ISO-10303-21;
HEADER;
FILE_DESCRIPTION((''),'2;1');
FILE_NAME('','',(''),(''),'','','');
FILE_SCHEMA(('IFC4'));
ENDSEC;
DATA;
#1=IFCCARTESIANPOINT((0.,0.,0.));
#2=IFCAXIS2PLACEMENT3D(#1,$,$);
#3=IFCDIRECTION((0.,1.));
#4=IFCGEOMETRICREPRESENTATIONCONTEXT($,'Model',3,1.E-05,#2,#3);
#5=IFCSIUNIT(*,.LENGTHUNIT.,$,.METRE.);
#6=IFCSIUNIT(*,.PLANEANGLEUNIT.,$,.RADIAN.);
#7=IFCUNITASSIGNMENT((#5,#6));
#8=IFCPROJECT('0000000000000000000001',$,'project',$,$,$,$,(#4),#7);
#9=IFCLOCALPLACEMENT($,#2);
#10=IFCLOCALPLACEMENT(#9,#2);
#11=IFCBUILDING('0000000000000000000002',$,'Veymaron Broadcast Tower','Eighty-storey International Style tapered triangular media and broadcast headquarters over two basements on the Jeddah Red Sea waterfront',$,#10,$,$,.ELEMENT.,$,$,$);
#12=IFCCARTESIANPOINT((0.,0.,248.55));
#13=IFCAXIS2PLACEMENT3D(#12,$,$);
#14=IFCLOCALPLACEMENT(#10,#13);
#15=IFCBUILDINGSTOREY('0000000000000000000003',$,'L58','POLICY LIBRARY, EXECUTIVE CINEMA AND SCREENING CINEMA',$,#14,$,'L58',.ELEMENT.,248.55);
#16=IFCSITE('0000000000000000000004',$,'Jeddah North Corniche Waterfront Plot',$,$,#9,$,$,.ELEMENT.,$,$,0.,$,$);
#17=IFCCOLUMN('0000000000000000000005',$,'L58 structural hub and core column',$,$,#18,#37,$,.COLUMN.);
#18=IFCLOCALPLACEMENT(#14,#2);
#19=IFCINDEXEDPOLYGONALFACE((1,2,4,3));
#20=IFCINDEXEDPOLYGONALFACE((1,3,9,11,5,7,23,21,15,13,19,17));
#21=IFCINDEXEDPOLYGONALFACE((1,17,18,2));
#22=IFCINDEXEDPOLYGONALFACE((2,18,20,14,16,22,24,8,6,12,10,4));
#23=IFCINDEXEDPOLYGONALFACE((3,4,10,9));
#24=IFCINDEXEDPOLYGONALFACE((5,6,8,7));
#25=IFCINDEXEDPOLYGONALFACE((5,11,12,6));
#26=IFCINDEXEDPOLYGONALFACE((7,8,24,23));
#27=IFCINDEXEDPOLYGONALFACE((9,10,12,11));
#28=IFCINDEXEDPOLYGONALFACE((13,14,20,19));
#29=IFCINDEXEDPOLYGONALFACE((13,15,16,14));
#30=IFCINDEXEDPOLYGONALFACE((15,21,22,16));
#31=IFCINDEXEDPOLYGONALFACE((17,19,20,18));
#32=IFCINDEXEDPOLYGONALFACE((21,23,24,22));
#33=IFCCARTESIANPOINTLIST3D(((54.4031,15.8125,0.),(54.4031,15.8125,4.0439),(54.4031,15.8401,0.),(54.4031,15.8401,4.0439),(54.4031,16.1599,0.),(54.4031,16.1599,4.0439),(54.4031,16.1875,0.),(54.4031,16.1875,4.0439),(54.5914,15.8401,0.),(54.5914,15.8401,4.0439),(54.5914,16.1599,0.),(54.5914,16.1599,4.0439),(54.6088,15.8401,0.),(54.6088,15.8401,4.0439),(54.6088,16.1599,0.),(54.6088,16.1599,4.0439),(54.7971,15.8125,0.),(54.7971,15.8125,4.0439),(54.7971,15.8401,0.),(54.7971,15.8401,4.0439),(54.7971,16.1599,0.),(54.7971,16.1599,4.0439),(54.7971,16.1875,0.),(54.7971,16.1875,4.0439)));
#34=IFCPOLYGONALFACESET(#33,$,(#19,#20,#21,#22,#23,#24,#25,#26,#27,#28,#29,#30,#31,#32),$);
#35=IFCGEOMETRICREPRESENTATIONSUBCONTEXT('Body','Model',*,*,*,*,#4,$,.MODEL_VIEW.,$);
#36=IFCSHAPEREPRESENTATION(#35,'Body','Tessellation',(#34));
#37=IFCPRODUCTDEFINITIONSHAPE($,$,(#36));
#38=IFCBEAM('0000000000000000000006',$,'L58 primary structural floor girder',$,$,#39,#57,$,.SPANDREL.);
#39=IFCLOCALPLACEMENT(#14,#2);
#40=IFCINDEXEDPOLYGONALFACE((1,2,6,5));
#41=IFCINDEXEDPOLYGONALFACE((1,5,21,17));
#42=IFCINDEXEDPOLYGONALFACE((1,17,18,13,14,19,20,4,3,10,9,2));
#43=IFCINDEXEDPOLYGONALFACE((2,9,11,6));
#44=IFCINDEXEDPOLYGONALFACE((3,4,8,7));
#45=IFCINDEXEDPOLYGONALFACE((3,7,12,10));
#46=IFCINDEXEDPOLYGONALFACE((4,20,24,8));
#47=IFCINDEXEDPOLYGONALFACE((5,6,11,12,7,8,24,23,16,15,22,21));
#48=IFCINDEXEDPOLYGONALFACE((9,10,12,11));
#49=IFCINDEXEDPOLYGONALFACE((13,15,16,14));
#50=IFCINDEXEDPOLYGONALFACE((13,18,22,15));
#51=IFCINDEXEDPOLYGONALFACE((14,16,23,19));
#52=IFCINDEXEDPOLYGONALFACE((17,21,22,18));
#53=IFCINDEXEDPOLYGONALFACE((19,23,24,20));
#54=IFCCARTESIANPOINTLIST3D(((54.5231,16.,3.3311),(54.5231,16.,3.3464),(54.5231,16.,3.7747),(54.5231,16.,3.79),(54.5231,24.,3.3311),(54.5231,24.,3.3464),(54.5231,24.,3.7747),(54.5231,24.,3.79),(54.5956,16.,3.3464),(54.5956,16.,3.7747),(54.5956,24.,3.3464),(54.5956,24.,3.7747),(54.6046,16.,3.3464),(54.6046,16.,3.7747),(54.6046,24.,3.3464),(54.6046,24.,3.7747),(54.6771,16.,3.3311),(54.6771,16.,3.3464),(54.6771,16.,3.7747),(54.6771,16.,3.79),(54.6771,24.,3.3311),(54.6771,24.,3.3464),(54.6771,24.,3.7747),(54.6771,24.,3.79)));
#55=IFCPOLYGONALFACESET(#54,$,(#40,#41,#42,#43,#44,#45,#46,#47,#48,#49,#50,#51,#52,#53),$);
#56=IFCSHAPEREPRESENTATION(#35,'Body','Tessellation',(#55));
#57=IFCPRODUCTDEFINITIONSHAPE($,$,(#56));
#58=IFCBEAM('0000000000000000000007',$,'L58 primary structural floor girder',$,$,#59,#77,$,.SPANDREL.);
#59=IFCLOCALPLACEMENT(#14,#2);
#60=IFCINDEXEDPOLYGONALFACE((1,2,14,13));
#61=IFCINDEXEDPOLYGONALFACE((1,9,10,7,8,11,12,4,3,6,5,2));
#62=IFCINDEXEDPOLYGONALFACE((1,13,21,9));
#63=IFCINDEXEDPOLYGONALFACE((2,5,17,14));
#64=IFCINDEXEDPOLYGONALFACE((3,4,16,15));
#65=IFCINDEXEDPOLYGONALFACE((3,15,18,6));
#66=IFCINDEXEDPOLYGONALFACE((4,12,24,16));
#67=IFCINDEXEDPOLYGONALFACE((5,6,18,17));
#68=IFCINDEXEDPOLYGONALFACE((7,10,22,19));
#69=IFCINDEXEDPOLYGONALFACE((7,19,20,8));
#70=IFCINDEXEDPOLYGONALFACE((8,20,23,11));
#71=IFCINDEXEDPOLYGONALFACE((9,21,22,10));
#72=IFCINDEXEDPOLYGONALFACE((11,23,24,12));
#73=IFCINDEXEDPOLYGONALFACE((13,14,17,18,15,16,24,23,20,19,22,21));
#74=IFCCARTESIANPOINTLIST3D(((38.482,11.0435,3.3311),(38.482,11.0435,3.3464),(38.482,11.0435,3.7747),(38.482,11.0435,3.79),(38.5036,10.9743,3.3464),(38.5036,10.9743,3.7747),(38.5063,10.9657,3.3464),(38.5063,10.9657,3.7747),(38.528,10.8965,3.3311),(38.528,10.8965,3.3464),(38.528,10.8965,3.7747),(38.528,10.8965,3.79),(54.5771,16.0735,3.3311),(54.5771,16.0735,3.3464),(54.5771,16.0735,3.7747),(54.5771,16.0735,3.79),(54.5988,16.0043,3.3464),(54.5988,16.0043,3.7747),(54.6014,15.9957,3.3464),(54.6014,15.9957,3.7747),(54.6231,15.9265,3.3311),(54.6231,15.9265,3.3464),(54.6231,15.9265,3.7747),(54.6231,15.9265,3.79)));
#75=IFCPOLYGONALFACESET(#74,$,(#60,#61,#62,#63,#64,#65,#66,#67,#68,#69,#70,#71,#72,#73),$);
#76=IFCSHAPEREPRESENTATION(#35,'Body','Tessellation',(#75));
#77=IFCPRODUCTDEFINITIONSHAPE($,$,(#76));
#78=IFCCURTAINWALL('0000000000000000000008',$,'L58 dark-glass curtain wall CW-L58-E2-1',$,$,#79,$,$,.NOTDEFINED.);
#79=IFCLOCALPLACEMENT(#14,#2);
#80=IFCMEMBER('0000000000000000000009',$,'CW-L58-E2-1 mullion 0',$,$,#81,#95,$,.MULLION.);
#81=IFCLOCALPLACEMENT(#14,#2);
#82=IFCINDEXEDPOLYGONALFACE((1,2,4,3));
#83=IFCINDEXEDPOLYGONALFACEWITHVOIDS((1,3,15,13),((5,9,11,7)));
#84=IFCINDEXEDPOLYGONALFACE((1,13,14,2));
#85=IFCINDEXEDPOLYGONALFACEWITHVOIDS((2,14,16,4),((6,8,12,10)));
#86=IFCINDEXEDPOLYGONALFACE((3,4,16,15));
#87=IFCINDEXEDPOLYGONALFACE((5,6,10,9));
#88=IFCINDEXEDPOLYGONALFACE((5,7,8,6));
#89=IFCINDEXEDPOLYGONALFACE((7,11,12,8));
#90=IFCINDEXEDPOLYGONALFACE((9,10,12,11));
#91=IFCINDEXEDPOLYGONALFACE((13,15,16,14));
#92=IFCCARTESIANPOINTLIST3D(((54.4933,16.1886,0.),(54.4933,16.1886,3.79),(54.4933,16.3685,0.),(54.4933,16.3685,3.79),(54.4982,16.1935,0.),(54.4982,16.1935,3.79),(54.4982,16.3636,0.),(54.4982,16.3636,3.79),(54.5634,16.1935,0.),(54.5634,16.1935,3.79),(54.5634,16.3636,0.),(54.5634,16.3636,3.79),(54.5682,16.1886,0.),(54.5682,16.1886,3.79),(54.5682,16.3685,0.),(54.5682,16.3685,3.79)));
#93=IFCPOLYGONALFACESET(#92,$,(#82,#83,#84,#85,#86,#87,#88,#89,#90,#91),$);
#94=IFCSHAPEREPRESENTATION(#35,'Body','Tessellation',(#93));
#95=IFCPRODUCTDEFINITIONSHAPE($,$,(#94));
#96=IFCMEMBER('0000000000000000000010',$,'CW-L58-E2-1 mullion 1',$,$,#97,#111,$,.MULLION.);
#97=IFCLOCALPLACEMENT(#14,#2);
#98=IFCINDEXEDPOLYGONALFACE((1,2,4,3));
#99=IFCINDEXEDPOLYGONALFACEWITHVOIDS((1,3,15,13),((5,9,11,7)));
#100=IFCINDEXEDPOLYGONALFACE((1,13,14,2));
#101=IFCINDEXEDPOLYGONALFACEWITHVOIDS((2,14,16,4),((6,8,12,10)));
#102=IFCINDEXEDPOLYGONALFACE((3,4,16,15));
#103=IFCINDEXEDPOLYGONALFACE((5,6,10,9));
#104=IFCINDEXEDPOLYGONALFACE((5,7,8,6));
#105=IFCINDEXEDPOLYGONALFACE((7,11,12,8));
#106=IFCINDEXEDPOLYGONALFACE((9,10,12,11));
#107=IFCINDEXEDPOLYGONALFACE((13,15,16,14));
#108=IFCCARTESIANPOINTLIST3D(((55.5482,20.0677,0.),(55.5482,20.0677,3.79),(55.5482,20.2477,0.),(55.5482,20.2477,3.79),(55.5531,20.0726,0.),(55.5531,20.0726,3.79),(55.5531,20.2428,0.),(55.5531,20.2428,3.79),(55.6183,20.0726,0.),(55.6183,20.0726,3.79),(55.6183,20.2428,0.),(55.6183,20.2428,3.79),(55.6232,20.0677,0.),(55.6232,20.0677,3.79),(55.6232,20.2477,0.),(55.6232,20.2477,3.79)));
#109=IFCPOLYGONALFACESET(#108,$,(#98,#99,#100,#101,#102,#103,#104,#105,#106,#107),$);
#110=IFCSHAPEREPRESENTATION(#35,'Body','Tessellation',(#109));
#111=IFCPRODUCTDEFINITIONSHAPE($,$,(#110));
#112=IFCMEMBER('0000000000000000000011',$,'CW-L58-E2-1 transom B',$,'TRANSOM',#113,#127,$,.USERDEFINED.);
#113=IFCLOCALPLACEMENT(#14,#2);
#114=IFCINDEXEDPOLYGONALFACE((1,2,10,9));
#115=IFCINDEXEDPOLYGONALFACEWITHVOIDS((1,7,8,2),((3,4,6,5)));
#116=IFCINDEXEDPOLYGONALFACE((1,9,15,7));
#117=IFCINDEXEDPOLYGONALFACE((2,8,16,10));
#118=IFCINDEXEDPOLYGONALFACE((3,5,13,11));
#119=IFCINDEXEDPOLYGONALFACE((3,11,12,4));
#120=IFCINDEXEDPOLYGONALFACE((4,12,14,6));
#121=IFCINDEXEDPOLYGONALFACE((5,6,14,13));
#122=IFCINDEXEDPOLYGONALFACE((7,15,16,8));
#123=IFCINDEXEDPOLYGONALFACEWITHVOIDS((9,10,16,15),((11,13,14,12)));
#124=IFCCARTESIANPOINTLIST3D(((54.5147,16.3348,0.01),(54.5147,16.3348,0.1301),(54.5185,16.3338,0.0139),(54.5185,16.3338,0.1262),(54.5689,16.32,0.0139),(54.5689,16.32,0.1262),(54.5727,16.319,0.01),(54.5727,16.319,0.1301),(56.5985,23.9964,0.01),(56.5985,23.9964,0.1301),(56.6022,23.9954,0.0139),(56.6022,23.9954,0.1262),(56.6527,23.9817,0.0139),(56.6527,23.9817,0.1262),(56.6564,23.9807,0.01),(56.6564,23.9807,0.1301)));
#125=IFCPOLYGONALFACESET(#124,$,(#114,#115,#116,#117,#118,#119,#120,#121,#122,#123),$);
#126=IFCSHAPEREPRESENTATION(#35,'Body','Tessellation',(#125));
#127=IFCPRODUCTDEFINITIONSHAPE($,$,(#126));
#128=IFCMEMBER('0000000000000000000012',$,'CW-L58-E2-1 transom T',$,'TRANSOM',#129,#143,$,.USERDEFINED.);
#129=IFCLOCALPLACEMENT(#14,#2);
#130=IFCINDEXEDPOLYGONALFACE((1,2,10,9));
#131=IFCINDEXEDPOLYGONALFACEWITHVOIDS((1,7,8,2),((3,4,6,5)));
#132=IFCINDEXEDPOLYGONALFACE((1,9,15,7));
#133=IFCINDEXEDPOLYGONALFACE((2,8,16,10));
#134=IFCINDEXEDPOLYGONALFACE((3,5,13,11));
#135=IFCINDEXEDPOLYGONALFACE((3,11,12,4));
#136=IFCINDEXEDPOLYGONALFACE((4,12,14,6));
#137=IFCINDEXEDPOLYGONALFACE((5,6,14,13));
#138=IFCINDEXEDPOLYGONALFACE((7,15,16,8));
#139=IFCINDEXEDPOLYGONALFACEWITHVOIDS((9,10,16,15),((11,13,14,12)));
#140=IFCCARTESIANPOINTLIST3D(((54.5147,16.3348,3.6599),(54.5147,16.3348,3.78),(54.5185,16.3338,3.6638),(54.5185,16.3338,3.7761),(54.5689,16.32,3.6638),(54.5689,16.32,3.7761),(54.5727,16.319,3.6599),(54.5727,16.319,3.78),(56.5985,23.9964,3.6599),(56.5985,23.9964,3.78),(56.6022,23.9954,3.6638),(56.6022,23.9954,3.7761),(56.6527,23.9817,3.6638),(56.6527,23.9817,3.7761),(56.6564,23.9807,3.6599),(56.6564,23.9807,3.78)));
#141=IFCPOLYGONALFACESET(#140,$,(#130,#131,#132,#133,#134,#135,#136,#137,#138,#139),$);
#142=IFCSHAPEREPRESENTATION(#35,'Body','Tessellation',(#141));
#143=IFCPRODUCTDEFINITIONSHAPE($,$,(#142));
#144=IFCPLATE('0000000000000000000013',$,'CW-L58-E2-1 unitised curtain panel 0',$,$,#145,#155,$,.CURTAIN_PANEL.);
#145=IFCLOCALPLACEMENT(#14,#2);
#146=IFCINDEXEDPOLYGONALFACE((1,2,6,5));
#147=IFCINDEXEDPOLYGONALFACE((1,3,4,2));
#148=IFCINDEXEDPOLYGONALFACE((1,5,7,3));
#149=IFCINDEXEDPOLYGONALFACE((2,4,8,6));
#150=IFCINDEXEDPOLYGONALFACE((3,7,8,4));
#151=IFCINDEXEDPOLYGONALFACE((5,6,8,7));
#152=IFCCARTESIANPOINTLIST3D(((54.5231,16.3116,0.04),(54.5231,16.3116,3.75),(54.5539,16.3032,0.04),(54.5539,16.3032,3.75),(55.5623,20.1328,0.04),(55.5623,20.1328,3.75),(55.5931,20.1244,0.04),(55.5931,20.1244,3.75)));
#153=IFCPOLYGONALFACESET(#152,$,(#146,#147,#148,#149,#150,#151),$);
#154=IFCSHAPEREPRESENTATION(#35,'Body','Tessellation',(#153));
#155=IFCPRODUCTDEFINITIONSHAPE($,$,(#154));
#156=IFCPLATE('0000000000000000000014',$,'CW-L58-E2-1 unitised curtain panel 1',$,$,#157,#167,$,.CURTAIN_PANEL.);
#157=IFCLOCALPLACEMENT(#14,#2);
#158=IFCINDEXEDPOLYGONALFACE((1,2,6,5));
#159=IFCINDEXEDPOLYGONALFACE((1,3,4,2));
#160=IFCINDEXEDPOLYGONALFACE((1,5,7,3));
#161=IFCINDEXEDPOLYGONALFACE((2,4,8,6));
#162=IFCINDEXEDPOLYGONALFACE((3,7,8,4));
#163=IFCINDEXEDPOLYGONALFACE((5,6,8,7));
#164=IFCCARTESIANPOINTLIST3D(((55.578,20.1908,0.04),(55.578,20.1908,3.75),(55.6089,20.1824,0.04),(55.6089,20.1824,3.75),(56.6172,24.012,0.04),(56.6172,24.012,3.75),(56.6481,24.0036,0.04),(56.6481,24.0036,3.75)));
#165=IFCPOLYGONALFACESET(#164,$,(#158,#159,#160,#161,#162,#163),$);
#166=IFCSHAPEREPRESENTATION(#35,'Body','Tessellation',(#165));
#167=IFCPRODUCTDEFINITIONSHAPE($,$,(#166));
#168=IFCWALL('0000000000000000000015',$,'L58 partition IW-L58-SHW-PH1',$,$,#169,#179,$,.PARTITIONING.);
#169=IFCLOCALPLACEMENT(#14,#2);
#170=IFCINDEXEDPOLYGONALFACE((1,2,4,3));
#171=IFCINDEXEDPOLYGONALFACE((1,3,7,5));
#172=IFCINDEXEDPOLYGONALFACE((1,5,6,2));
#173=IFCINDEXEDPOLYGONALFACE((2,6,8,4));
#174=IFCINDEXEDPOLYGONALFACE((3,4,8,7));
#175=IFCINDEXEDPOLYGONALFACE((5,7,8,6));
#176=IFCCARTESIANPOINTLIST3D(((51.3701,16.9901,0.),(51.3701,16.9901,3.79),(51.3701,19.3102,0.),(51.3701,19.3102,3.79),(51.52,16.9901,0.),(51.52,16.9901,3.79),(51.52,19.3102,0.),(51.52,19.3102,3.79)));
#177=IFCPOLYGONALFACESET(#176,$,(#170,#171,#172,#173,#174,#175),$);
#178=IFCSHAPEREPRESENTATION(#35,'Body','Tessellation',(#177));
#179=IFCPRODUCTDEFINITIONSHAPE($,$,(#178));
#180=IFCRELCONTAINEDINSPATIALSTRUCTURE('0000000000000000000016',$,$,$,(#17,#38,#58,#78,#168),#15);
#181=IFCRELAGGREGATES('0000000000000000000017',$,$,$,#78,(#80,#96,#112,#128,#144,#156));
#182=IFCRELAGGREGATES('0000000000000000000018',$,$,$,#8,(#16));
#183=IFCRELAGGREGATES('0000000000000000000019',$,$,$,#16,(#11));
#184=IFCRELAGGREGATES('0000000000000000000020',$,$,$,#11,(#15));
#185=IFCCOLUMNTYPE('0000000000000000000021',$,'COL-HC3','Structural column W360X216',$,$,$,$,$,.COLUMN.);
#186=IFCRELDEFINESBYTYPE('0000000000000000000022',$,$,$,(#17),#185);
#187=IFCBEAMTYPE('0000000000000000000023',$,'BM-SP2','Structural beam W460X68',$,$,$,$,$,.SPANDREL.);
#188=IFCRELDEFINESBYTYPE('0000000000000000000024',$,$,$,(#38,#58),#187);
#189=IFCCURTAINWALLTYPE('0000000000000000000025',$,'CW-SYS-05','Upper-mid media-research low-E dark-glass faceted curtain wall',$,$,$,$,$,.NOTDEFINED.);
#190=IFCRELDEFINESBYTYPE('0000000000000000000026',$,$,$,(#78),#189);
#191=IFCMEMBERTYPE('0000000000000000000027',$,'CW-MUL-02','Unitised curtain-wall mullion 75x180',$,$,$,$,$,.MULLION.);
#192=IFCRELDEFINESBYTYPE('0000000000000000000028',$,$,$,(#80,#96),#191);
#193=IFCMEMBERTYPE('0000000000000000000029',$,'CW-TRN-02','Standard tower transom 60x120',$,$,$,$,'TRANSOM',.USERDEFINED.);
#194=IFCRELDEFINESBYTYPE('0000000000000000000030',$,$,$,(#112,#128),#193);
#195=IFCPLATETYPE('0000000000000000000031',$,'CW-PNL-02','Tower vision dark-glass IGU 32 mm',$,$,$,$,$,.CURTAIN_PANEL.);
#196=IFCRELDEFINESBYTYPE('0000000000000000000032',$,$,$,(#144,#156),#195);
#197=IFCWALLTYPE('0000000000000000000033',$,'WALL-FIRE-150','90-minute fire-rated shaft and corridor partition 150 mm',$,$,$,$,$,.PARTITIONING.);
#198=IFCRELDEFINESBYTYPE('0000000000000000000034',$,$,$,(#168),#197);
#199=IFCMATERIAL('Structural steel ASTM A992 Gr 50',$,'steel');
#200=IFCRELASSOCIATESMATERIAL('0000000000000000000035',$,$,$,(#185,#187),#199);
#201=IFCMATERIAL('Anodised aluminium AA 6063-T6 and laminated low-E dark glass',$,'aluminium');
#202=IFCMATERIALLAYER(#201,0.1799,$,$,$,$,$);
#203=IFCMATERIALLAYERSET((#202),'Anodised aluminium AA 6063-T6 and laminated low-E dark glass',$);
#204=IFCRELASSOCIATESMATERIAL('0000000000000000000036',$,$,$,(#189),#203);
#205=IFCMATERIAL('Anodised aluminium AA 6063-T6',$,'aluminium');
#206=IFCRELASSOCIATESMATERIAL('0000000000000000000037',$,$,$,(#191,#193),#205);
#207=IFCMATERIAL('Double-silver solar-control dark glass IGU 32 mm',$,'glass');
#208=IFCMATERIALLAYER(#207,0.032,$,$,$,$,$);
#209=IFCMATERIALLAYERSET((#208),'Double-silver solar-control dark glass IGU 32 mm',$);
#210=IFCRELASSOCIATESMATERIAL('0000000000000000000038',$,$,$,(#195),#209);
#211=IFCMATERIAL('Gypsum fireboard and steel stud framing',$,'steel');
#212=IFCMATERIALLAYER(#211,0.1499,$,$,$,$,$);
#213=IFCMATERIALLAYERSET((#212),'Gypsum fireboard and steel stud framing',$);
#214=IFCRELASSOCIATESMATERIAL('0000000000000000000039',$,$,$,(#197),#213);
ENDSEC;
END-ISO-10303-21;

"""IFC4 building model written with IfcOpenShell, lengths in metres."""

from ifc_helpers import new_model, si_unit, direction, frame, frame_2d, origin, origin_2d, place, context, subcontext, project, spatial, rectangle, hollow_rectangle, i_section, extrude, material, layer, layer_set, material_profile, profile_set, type_object, element, aggregate, save


model = new_model("IFC4")

# Units and contexts
model_context = context("Model", 3, precision=1e-05, world=origin(), true_north=direction((0.0, 1.0)))
body_context = subcontext(model_context, "Body", "Model", "MODEL_VIEW")
ifc_project = project(units=[si_unit("LENGTHUNIT", "METRE"), si_unit("PLANEANGLEUNIT", "RADIAN")], contexts=[model_context])

# Site, building, storey
site_placement = place(None, origin())
site = spatial("IfcSite", under=ifc_project, at=site_placement, Name="Jeddah North Corniche Waterfront Plot", CompositionType="ELEMENT", RefElevation=0.0)
building_placement = place(site_placement, origin())
building = spatial("IfcBuilding", under=site, at=building_placement, Name="Veymaron Broadcast Tower", Description="Eighty-storey International Style tapered triangular media and broadcast headquarters over two basements on the Jeddah Red Sea waterfront", CompositionType="ELEMENT")
storey_placement = place(building_placement, frame((0.0, 0.0, 248.55)))
storey = spatial("IfcBuildingStorey", under=building, at=storey_placement, Name="L58", Description="POLICY LIBRARY, EXECUTIVE CINEMA AND SCREENING CINEMA", LongName="L58", CompositionType="ELEMENT", Elevation=248.55)

# Column
ifc_material_1 = material(Name="Structural steel ASTM A992 Gr 50", Category="steel")
ifc_material_profile_1 = material_profile(ifc_material_1, i_section(OverallWidth=0.394, OverallDepth=0.375, WebThickness=0.0173, FlangeThickness=0.0276, at=origin_2d()), Name="W360X216")
ifc_profile_set_1 = profile_set([ifc_material_profile_1], Name="Structural steel ASTM A992 Gr 50")
column_type = type_object("IfcColumnType", Name="COL-HC3", Description="Structural column W360X216", PredefinedType="COLUMN", material=ifc_profile_set_1)
column_placement = place(storey_placement, frame((54.6001, 16.0, 0.0), z_axis=(0.0, 0.0, 1.0), x_axis=(1.0, 0.0, 0.0)))
element("IfcColumn", 1, at=column_placement, inside=storey, type_object=column_type, Name="L58 structural hub and core column", PredefinedType="COLUMN", context=body_context, shape_type="SweptSolid", body=[
    extrude(i_section(OverallWidth=0.394, OverallDepth=0.375, WebThickness=0.0173, FlangeThickness=0.0276, at=origin_2d()), origin(), (0.0, 0.0, 1.0), 4.0439),
])

# Beams
ifc_material_profile_2 = material_profile(ifc_material_1, i_section(OverallWidth=0.1541, OverallDepth=0.459, WebThickness=0.009, FlangeThickness=0.0154, at=origin_2d()), Name="W460X68")
ifc_profile_set_2 = profile_set([ifc_material_profile_2], Name="Structural steel ASTM A992 Gr 50")
beam_type = type_object("IfcBeamType", Name="BM-SP2", Description="Structural beam W460X68", PredefinedType="SPANDREL", material=ifc_profile_set_2)
beam_1_placement = place(storey_placement, frame((54.6001, 16.0, 3.5605), z_axis=(0.0, 1.0, 0.0), x_axis=(-1.0, 0.0, 0.0)))
element("IfcBeam", 2, at=beam_1_placement, inside=storey, type_object=beam_type, Name="L58 primary structural floor girder", PredefinedType="SPANDREL", context=body_context, shape_type="SweptSolid", body=[
    extrude(i_section(OverallWidth=0.1541, OverallDepth=0.459, WebThickness=0.009, FlangeThickness=0.0154, at=origin_2d()), origin(), (0.0, 0.0, 1.0), 8.0),
])
beam_2_placement = place(storey_placement, frame((54.6001, 16.0, 3.5605), z_axis=(-0.954475, -0.29829, 0.0), x_axis=(0.29829, -0.954475, 0.0)))
element("IfcBeam", 3, at=beam_2_placement, inside=storey, type_object=beam_type, Name="L58 primary structural floor girder", PredefinedType="SPANDREL", context=body_context, shape_type="SweptSolid", body=[
    extrude(i_section(OverallWidth=0.1541, OverallDepth=0.459, WebThickness=0.009, FlangeThickness=0.0154, at=origin_2d()), origin(), (0.0, 0.0, 1.0), 16.8628),
])

# Curtain wall, members, plates
ifc_material_2 = material(Name="Anodised aluminium AA 6063-T6 and laminated low-E dark glass", Category="aluminium")
ifc_layer_1 = layer(ifc_material_2, 0.1799)
ifc_layer_set_1 = layer_set([ifc_layer_1], Name="Anodised aluminium AA 6063-T6 and laminated low-E dark glass")
curtain_wall_type = type_object("IfcCurtainWallType", Name="CW-SYS-05", Description="Upper-mid media-research low-E dark-glass faceted curtain wall", PredefinedType="NOTDEFINED", material=ifc_layer_set_1)
curtain_wall_placement = place(storey_placement, origin())
curtain_wall = element("IfcCurtainWall", 4, at=curtain_wall_placement, inside=storey, type_object=curtain_wall_type, Name="L58 dark-glass curtain wall CW-L58-E2-1", PredefinedType="NOTDEFINED")
ifc_material_3 = material(Name="Anodised aluminium AA 6063-T6", Category="aluminium")
ifc_material_profile_3 = material_profile(ifc_material_3, hollow_rectangle(XDim=0.075, YDim=0.1799, WallThickness=0.0049, at=origin_2d()), Name="AL180X75X5")
ifc_profile_set_3 = profile_set([ifc_material_profile_3], Name="Anodised aluminium AA 6063-T6")
member_type_1 = type_object("IfcMemberType", Name="CW-MUL-02", Description="Unitised curtain-wall mullion 75x180", PredefinedType="MULLION", material=ifc_profile_set_3)
member_1_placement = place(storey_placement, frame((54.5308, 16.2786, 0.0), z_axis=(0.0, 0.0, 1.0), x_axis=(1.0, 0.0, 0.0)))
member_1 = element("IfcMember", 5, at=member_1_placement, type_object=member_type_1, Name="CW-L58-E2-1 mullion 0", PredefinedType="MULLION", context=body_context, shape_type="SweptSolid", body=[
    extrude(hollow_rectangle(XDim=0.075, YDim=0.1799, WallThickness=0.0049, at=origin_2d()), origin(), (0.0, 0.0, 1.0), 3.79),
])
member_2_placement = place(storey_placement, frame((55.5857, 20.1577, 0.0), z_axis=(0.0, 0.0, 1.0), x_axis=(1.0, 0.0, 0.0)))
member_2 = element("IfcMember", 6, at=member_2_placement, type_object=member_type_1, Name="CW-L58-E2-1 mullion 1", PredefinedType="MULLION", context=body_context, shape_type="SweptSolid", body=[
    extrude(hollow_rectangle(XDim=0.075, YDim=0.1799, WallThickness=0.0049, at=origin_2d()), origin(), (0.0, 0.0, 1.0), 3.79),
])
ifc_material_profile_4 = material_profile(ifc_material_3, hollow_rectangle(XDim=0.0601, YDim=0.1201, WallThickness=0.0039, at=origin_2d()), Name="AL120X60X4")
ifc_profile_set_4 = profile_set([ifc_material_profile_4], Name="Anodised aluminium AA 6063-T6")
member_type_2 = type_object("IfcMemberType", Name="CW-TRN-02", Description="Standard tower transom 60x120", ElementType="TRANSOM", PredefinedType="USERDEFINED", material=ifc_profile_set_4)
member_3_placement = place(storey_placement, frame((54.5437, 16.3269, 0.0701), z_axis=(0.262438, 0.964949, 0.0), x_axis=(-0.964949, 0.262438, 0.0)))
member_3 = element("IfcMember", 7, at=member_3_placement, type_object=member_type_2, Name="CW-L58-E2-1 transom B", ObjectType="TRANSOM", PredefinedType="USERDEFINED", context=body_context, shape_type="SweptSolid", body=[
    extrude(hollow_rectangle(XDim=0.0601, YDim=0.1201, WallThickness=0.0039, at=origin_2d()), origin(), (0.0, 0.0, 1.0), 7.9399),
])
member_4_placement = place(storey_placement, frame((54.5437, 16.3269, 3.72), z_axis=(0.262438, 0.964949, 0.0), x_axis=(-0.964949, 0.262438, 0.0)))
member_4 = element("IfcMember", 8, at=member_4_placement, type_object=member_type_2, Name="CW-L58-E2-1 transom T", ObjectType="TRANSOM", PredefinedType="USERDEFINED", context=body_context, shape_type="SweptSolid", body=[
    extrude(hollow_rectangle(XDim=0.0601, YDim=0.1201, WallThickness=0.0039, at=origin_2d()), origin(), (0.0, 0.0, 1.0), 7.9399),
])
ifc_material_4 = material(Name="Double-silver solar-control dark glass IGU 32 mm", Category="glass")
ifc_layer_2 = layer(ifc_material_4, 0.032)
ifc_layer_set_2 = layer_set([ifc_layer_2], Name="Double-silver solar-control dark glass IGU 32 mm")
plate_type = type_object("IfcPlateType", Name="CW-PNL-02", Description="Tower vision dark-glass IGU 32 mm", PredefinedType="CURTAIN_PANEL", material=ifc_layer_set_2)
plate_1_placement = place(storey_placement, frame((55.0581, 18.218, 0.04), z_axis=(0.0, 0.0, 1.0), x_axis=(0.262425, 0.964952, 0.0)))
plate_1 = element("IfcPlate", 9, at=plate_1_placement, type_object=plate_type, Name="CW-L58-E2-1 unitised curtain panel 0", PredefinedType="CURTAIN_PANEL", context=body_context, shape_type="SweptSolid", body=[
    extrude(rectangle(XDim=3.96, YDim=0.032, at=origin_2d()), origin(), (0.0, 0.0, 1.0), 3.71),
])
plate_2_placement = place(storey_placement, frame((56.113, 22.0972, 0.04), z_axis=(0.0, 0.0, 1.0), x_axis=(0.262425, 0.964952, 0.0)))
plate_2 = element("IfcPlate", 10, at=plate_2_placement, type_object=plate_type, Name="CW-L58-E2-1 unitised curtain panel 1", PredefinedType="CURTAIN_PANEL", context=body_context, shape_type="SweptSolid", body=[
    extrude(rectangle(XDim=3.96, YDim=0.032, at=origin_2d()), origin(), (0.0, 0.0, 1.0), 3.71),
])
aggregate(curtain_wall, [member_1, member_2, member_3, member_4, plate_1, plate_2])

# Shared definitions
ifc_material_5 = material(Name="Gypsum fireboard and steel stud framing", Category="steel")
ifc_layer_3 = layer(ifc_material_5, 0.1499)
ifc_layer_set_3 = layer_set([ifc_layer_3], Name="Gypsum fireboard and steel stud framing")
wall_type_1 = type_object("IfcWallType", Name="WALL-FIRE-150", Description="90-minute fire-rated shaft and corridor partition 150 mm", PredefinedType="PARTITIONING", material=ifc_layer_set_3)

# Wall
wall_1_placement = place(storey_placement, frame((51.4451, 16.99, 0.0), z_axis=(0.0, 0.0, 1.0), x_axis=(0.0, 1.0, 0.0)))
element("IfcWall", 11, at=wall_1_placement, inside=storey, type_object=wall_type_1, Name="L58 partition IW-L58-SHW-PH1", PredefinedType="PARTITIONING", context=body_context, shape_type="SweptSolid", body=[
    extrude(rectangle(XDim=2.3201, YDim=0.1499, at=frame_2d((1.1602, 0.0))), origin(), (0.0, 0.0, 1.0), 3.79),
])

save(model, "model.ifc")
